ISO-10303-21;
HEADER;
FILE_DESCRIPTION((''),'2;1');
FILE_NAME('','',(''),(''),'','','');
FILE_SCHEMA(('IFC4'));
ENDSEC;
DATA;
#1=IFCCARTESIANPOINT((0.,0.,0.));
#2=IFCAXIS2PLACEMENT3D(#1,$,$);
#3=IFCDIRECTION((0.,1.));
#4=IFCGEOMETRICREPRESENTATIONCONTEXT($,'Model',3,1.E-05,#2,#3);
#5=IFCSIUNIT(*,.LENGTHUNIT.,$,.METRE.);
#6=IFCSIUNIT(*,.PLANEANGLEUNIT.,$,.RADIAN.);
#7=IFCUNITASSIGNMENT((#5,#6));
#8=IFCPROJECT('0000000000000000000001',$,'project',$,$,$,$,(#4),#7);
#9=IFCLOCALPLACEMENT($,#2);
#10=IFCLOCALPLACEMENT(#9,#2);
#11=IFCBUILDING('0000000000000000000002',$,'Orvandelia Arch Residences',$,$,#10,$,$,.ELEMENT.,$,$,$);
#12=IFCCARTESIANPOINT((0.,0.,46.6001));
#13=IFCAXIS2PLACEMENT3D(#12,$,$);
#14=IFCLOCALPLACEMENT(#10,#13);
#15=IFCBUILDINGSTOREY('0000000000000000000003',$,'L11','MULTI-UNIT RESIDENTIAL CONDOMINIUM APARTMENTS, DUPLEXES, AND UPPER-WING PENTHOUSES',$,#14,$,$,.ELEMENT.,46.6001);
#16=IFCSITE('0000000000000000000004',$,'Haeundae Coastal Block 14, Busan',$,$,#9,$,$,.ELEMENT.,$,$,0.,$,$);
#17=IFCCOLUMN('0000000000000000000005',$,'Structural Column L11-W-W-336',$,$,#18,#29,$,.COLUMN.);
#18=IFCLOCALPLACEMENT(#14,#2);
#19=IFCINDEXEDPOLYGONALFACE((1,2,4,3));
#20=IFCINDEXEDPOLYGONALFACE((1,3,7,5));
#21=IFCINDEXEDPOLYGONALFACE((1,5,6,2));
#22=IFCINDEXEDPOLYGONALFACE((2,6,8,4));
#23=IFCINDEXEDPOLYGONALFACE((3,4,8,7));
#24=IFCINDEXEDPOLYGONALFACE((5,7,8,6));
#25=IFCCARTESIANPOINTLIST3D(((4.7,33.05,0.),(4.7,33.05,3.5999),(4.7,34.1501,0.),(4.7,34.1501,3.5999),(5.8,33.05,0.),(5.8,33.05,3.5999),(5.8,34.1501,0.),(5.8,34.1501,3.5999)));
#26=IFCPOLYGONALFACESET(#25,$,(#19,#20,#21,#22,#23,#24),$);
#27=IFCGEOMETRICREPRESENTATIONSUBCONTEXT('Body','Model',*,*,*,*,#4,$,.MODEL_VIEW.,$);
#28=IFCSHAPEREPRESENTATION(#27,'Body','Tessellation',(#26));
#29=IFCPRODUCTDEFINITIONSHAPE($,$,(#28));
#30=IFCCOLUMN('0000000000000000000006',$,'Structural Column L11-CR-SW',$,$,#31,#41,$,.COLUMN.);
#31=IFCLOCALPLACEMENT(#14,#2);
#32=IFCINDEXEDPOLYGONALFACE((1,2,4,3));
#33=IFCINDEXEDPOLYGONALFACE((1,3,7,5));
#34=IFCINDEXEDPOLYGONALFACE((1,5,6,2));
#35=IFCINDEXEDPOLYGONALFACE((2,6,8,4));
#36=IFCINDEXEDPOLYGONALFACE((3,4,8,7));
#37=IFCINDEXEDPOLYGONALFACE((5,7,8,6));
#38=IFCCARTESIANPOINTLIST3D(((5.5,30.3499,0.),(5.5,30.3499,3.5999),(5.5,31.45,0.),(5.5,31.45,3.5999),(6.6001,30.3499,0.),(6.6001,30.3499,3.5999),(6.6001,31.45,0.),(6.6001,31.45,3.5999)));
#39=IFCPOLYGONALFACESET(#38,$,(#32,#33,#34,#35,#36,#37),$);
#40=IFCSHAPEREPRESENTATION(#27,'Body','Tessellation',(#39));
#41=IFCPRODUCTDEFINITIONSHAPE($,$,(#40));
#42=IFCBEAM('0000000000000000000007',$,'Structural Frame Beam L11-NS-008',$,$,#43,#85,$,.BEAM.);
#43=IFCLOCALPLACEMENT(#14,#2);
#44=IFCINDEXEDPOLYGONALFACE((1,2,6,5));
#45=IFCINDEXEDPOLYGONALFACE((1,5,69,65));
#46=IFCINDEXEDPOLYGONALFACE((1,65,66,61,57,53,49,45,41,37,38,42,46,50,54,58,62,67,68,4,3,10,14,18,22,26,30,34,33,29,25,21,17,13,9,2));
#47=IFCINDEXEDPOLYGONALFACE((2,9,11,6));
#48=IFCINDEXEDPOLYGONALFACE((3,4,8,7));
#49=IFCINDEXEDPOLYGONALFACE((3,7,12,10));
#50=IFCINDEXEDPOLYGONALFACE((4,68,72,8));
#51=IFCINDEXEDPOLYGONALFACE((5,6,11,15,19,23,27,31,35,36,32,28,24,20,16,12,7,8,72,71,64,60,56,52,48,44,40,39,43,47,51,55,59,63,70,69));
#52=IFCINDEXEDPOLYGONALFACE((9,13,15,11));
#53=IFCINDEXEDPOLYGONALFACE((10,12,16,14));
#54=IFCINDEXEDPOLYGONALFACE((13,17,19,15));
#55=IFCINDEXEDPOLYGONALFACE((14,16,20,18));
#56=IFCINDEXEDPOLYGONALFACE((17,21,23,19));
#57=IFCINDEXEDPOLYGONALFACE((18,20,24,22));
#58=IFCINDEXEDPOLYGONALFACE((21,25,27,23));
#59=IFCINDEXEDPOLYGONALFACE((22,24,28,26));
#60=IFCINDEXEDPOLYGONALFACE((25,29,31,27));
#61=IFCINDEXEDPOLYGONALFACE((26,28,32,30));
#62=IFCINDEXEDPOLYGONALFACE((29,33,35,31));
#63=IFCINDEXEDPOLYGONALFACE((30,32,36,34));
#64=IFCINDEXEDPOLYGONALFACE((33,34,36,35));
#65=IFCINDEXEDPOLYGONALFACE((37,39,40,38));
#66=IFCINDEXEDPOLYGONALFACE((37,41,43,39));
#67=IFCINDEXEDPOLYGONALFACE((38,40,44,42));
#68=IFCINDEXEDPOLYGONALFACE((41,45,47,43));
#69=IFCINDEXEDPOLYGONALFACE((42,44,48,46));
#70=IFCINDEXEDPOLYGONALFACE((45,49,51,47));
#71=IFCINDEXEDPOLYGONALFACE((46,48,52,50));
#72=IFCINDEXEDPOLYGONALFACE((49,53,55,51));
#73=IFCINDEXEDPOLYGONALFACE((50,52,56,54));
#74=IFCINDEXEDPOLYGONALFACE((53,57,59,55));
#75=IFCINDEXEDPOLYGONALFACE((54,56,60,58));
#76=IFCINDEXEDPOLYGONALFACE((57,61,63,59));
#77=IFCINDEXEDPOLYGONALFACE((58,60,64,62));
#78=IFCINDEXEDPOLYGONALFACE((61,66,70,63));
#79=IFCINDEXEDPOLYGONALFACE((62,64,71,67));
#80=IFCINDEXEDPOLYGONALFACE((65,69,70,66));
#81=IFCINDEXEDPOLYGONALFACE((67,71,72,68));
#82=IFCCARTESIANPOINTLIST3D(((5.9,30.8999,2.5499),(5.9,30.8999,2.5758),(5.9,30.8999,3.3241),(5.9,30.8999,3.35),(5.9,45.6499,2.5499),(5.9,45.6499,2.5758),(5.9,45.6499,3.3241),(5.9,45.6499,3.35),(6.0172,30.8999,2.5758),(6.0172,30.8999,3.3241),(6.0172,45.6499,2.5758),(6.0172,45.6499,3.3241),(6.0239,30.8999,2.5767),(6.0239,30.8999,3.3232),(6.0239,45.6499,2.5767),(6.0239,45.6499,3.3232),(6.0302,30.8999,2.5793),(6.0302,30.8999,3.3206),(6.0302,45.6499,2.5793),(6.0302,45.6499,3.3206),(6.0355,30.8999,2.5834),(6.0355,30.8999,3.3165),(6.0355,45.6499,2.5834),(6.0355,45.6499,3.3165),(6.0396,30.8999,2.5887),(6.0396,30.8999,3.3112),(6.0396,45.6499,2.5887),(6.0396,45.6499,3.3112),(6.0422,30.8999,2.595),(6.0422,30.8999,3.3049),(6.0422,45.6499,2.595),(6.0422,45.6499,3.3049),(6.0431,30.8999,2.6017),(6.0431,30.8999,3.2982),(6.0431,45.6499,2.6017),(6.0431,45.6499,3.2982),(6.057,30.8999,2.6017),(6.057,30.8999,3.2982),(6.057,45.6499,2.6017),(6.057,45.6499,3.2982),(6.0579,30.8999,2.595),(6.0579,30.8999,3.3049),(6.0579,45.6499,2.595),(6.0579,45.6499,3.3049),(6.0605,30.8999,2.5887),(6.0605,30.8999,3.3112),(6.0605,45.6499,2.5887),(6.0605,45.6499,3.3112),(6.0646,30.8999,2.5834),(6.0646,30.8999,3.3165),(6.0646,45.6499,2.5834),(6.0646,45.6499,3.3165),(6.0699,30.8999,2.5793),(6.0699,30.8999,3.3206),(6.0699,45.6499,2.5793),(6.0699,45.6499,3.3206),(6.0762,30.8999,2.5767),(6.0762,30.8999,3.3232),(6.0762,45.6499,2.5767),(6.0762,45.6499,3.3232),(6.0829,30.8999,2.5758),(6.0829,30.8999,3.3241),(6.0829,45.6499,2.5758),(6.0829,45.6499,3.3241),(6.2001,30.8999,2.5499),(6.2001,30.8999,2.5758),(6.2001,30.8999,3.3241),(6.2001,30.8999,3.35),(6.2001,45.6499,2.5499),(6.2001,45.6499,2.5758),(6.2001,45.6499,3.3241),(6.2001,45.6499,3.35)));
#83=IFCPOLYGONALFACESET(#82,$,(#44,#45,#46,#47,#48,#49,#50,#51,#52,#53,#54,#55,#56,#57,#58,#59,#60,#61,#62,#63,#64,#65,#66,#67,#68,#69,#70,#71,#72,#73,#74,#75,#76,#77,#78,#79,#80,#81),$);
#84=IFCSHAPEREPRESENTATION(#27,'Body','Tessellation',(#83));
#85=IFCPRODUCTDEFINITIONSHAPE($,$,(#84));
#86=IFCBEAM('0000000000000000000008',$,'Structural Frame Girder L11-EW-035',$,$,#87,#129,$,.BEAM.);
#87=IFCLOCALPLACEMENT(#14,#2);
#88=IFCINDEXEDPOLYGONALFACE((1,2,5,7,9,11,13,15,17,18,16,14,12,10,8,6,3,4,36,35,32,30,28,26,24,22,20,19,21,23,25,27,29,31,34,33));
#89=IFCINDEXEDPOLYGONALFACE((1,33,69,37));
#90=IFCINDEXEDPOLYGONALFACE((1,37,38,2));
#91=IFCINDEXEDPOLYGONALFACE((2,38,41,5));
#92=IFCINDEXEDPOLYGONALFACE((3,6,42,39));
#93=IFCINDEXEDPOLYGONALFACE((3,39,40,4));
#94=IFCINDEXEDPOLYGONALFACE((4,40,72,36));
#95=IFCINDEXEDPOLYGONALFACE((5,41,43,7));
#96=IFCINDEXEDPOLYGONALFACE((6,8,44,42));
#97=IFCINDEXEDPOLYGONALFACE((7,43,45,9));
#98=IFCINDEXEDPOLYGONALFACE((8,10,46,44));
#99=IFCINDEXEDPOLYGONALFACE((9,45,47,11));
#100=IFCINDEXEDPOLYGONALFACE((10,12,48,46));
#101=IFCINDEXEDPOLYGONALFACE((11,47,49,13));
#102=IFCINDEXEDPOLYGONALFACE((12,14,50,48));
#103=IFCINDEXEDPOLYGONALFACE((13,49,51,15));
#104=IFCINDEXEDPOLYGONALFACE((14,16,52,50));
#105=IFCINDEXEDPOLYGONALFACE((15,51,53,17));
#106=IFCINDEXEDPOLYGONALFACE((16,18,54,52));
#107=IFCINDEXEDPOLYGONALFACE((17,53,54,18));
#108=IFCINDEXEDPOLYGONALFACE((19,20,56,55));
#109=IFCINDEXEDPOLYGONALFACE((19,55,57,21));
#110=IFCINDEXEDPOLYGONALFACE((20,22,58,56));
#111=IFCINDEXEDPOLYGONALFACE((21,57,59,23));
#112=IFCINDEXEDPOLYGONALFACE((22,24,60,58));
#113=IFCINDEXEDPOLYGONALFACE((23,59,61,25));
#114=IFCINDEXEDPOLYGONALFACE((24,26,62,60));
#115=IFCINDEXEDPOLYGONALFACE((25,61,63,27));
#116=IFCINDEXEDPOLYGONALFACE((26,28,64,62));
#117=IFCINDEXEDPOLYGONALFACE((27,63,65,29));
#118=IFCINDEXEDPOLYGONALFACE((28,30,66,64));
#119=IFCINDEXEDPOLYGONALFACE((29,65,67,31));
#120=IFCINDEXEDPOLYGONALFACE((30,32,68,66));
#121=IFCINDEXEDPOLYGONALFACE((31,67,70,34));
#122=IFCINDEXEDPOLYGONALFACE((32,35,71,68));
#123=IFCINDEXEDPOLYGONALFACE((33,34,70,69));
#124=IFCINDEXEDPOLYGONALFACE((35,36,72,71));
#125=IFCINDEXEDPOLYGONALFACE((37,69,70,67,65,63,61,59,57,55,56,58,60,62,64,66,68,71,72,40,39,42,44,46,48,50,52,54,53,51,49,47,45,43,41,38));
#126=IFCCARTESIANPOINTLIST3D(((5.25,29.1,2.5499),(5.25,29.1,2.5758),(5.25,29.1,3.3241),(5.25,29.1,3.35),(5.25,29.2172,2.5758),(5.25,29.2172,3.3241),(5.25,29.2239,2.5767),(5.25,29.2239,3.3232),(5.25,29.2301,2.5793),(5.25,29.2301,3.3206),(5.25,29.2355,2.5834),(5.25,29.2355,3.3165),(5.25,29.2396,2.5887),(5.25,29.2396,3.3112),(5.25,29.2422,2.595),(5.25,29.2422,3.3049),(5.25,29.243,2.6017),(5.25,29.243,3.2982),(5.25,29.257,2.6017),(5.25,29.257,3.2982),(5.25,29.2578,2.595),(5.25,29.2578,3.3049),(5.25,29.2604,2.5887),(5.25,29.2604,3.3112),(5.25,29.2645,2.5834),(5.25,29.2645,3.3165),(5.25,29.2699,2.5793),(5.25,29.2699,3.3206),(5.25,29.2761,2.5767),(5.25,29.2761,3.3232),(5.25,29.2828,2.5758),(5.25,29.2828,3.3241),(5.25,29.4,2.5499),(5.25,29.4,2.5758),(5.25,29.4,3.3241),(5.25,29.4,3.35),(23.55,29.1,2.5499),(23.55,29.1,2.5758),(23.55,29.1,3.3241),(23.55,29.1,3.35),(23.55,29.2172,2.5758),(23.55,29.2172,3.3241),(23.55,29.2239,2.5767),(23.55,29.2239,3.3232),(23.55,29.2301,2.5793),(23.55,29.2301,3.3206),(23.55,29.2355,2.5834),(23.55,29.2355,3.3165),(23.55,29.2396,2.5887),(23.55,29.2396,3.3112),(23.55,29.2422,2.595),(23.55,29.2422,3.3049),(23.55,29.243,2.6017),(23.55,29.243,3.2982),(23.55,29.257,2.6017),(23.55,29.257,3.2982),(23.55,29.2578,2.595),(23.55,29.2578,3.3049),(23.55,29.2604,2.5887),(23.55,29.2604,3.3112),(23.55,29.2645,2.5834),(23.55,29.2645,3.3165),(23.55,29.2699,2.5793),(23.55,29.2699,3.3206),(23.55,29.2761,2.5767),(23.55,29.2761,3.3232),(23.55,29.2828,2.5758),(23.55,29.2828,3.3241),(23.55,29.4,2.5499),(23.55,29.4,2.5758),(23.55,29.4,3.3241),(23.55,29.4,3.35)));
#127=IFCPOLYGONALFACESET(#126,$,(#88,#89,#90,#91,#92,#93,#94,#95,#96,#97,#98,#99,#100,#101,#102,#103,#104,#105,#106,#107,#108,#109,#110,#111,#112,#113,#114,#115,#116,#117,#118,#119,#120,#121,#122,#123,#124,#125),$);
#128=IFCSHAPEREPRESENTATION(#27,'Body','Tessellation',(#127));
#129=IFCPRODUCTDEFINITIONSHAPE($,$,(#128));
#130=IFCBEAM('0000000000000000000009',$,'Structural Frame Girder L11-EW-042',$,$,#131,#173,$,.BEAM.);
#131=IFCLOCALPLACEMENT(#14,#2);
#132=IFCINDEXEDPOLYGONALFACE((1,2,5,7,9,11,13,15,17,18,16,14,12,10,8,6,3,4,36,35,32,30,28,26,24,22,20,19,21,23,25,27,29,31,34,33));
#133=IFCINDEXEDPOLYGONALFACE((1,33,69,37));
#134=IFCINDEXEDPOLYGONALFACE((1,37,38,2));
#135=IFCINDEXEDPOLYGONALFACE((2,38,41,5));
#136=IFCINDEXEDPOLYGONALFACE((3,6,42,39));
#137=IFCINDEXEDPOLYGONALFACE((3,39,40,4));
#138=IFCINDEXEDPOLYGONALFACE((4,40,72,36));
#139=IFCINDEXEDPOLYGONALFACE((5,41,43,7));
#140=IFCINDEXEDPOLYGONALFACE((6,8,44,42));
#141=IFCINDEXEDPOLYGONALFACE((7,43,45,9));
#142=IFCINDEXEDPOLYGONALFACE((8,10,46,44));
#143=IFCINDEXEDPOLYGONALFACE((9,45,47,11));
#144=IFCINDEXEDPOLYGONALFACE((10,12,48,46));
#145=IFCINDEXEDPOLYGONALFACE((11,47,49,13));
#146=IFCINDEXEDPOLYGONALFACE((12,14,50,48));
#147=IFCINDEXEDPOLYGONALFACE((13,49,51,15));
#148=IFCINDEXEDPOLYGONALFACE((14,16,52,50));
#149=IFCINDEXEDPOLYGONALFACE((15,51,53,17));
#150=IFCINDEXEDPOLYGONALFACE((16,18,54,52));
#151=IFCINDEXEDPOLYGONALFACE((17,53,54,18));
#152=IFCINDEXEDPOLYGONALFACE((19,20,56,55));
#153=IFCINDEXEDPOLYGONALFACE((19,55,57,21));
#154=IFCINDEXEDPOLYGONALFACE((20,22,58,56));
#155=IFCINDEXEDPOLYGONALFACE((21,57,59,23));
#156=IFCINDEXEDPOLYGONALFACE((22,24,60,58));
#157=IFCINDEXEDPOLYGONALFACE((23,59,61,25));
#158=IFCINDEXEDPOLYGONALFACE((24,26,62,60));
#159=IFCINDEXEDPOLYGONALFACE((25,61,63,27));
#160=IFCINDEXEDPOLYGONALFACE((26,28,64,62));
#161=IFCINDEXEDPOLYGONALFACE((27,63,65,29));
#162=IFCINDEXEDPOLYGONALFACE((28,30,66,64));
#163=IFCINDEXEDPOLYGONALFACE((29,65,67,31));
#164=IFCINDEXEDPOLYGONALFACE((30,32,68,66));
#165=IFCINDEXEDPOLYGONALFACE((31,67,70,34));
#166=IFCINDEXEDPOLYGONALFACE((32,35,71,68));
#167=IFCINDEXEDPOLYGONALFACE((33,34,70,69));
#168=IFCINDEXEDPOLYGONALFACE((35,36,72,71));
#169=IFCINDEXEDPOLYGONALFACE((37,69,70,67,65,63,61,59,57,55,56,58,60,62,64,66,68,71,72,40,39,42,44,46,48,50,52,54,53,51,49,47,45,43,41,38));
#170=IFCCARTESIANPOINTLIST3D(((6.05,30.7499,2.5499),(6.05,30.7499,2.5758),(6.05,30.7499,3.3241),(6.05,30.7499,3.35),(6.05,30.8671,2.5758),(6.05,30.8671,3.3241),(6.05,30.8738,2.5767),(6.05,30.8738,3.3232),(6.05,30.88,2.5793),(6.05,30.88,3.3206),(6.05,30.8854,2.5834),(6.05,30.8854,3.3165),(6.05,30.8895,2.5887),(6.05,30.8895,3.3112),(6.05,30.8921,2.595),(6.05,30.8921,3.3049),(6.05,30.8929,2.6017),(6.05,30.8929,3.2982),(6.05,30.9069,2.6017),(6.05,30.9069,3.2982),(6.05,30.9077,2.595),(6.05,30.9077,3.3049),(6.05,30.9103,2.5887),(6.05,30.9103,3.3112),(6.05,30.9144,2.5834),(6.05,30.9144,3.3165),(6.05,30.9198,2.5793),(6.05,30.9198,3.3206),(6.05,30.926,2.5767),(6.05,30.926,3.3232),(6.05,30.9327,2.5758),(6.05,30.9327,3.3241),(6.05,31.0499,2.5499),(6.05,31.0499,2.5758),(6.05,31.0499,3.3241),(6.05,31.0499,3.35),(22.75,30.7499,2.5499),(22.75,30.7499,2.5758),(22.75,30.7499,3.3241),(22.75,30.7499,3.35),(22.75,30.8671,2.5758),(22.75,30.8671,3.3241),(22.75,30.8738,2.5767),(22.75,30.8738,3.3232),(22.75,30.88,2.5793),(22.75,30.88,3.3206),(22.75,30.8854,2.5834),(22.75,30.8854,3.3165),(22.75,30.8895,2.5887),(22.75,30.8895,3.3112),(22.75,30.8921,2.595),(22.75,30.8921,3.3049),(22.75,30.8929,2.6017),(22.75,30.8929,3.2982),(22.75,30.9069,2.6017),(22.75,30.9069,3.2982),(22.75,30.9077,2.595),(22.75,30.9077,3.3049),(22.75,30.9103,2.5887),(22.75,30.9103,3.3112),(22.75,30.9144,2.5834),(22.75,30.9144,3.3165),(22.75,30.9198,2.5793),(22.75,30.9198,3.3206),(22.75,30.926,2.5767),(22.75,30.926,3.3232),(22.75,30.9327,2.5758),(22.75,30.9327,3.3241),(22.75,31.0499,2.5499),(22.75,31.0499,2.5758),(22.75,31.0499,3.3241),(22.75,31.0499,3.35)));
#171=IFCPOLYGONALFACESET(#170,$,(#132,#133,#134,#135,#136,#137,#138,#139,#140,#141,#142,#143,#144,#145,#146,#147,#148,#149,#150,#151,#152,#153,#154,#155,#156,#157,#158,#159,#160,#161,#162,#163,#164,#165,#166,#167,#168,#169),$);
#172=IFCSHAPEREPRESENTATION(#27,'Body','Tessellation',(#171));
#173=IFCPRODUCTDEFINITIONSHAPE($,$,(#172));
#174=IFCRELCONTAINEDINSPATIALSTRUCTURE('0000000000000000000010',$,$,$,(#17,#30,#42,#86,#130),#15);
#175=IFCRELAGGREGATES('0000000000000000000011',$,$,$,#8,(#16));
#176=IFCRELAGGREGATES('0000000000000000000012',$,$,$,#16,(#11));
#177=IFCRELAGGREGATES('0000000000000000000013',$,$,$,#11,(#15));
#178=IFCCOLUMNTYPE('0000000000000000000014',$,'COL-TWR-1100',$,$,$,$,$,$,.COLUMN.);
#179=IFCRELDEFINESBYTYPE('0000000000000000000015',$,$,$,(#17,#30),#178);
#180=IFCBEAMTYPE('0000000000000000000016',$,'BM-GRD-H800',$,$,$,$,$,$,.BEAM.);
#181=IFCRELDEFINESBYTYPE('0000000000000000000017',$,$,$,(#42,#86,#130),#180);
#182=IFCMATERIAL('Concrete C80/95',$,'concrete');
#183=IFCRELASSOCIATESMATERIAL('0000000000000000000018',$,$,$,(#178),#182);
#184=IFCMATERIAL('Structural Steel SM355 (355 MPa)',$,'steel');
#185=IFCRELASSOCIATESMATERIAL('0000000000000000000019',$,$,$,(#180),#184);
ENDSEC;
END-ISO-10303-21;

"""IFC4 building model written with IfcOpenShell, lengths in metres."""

from ifc_helpers import new_model, si_unit, direction, frame, origin, origin_2d, place, context, subcontext, project, spatial, rectangle, i_section, extrude, material, material_profile, profile_set, type_object, element, save


model = new_model("IFC4")

# Units and contexts
model_context = context("Model", 3, precision=1e-05, world=origin(), true_north=direction((0.0, 1.0)))
body_context = subcontext(model_context, "Body", "Model", "MODEL_VIEW")
ifc_project = project(units=[si_unit("LENGTHUNIT", "METRE"), si_unit("PLANEANGLEUNIT", "RADIAN")], contexts=[model_context])

# Site, building, storey
site_placement = place(None, origin())
site = spatial("IfcSite", under=ifc_project, at=site_placement, Name="Haeundae Coastal Block 14, Busan", CompositionType="ELEMENT", RefElevation=0.0)
building_placement = place(site_placement, origin())
building = spatial("IfcBuilding", under=site, at=building_placement, Name="Orvandelia Arch Residences", CompositionType="ELEMENT")
storey_placement = place(building_placement, frame((0.0, 0.0, 46.6001)))
storey = spatial("IfcBuildingStorey", under=building, at=storey_placement, Name="L11", Description="MULTI-UNIT RESIDENTIAL CONDOMINIUM APARTMENTS, DUPLEXES, AND UPPER-WING PENTHOUSES", CompositionType="ELEMENT", Elevation=46.6001)

# Columns
ifc_material_1 = material(Name="Concrete C80/95", Category="concrete")
ifc_material_profile_1 = material_profile(ifc_material_1, rectangle(XDim=1.1001, YDim=1.1001, at=origin_2d()), Name="Concrete C80/95", Category="concrete")
ifc_profile_set_1 = profile_set([ifc_material_profile_1], Name="Concrete C80/95")
column_type = type_object("IfcColumnType", Name="COL-TWR-1100", PredefinedType="COLUMN", material=ifc_profile_set_1)
for number, where, z_axis, x_axis, name in (
    (1, (5.25, 33.6001, 0.0), (0.0, 0.0, 1.0), (1.0, 0.0, 0.0), "Structural Column L11-W-W-336"),
    (2, (6.05, 30.8999, 0.0), (0.0, 0.0, 1.0), (1.0, 0.0, 0.0), "Structural Column L11-CR-SW"),
):
    element("IfcColumn", number, at=place(storey_placement, frame(where, z_axis=z_axis, x_axis=x_axis)), inside=storey, type_object=column_type, Name=name, PredefinedType="COLUMN", context=body_context, shape_type="SweptSolid", body=[
        extrude(rectangle(XDim=1.1001, YDim=1.1001, at=origin_2d()), origin(), (0.0, 0.0, 1.0), 3.5999),
    ])

# Beams
ifc_material_2 = material(Name="Structural Steel SM355 (355 MPa)", Category="steel")
ifc_material_profile_2 = material_profile(ifc_material_2, i_section(OverallWidth=0.3, OverallDepth=0.8, WebThickness=0.0139, FlangeThickness=0.0259, FilletRadius=0.0259, at=origin_2d()), Name="Structural Steel SM355 (355 MPa)", Category="steel")
ifc_profile_set_2 = profile_set([ifc_material_profile_2], Name="Structural Steel SM355 (355 MPa)")
beam_type_1 = type_object("IfcBeamType", Name="BM-GRD-H800", PredefinedType="BEAM", material=ifc_profile_set_2)
beam_1_placement = place(storey_placement, frame((6.05, 30.8999, 2.95), z_axis=(0.0, 1.0, 0.0), x_axis=(-1.0, 0.0, 0.0)))
element("IfcBeam", 3, at=beam_1_placement, inside=storey, type_object=beam_type_1, Name="Structural Frame Beam L11-NS-008", PredefinedType="BEAM", context=body_context, shape_type="SweptSolid", body=[
    extrude(i_section(OverallWidth=0.3, OverallDepth=0.8, WebThickness=0.0139, FlangeThickness=0.0259, FilletRadius=0.0259, at=origin_2d()), origin(), (0.0, 0.0, 1.0), 14.75),
])
beam_2_placement = place(storey_placement, frame((5.25, 29.25, 2.95), z_axis=(1.0, 0.0, 0.0), x_axis=(0.0, 1.0, 0.0)))
element("IfcBeam", 4, at=beam_2_placement, inside=storey, type_object=beam_type_1, Name="Structural Frame Girder L11-EW-035", PredefinedType="BEAM", context=body_context, shape_type="SweptSolid", body=[
    extrude(i_section(OverallWidth=0.3, OverallDepth=0.8, WebThickness=0.0139, FlangeThickness=0.0259, FilletRadius=0.0259, at=origin_2d()), origin(), (0.0, 0.0, 1.0), 18.3),
])
beam_3_placement = place(storey_placement, frame((6.05, 30.8999, 2.95), z_axis=(1.0, 0.0, 0.0), x_axis=(0.0, 1.0, 0.0)))
element("IfcBeam", 5, at=beam_3_placement, inside=storey, type_object=beam_type_1, Name="Structural Frame Girder L11-EW-042", PredefinedType="BEAM", context=body_context, shape_type="SweptSolid", body=[
    extrude(i_section(OverallWidth=0.3, OverallDepth=0.8, WebThickness=0.0139, FlangeThickness=0.0259, FilletRadius=0.0259, at=origin_2d()), origin(), (0.0, 0.0, 1.0), 16.7),
])

save(model, "model.ifc")
